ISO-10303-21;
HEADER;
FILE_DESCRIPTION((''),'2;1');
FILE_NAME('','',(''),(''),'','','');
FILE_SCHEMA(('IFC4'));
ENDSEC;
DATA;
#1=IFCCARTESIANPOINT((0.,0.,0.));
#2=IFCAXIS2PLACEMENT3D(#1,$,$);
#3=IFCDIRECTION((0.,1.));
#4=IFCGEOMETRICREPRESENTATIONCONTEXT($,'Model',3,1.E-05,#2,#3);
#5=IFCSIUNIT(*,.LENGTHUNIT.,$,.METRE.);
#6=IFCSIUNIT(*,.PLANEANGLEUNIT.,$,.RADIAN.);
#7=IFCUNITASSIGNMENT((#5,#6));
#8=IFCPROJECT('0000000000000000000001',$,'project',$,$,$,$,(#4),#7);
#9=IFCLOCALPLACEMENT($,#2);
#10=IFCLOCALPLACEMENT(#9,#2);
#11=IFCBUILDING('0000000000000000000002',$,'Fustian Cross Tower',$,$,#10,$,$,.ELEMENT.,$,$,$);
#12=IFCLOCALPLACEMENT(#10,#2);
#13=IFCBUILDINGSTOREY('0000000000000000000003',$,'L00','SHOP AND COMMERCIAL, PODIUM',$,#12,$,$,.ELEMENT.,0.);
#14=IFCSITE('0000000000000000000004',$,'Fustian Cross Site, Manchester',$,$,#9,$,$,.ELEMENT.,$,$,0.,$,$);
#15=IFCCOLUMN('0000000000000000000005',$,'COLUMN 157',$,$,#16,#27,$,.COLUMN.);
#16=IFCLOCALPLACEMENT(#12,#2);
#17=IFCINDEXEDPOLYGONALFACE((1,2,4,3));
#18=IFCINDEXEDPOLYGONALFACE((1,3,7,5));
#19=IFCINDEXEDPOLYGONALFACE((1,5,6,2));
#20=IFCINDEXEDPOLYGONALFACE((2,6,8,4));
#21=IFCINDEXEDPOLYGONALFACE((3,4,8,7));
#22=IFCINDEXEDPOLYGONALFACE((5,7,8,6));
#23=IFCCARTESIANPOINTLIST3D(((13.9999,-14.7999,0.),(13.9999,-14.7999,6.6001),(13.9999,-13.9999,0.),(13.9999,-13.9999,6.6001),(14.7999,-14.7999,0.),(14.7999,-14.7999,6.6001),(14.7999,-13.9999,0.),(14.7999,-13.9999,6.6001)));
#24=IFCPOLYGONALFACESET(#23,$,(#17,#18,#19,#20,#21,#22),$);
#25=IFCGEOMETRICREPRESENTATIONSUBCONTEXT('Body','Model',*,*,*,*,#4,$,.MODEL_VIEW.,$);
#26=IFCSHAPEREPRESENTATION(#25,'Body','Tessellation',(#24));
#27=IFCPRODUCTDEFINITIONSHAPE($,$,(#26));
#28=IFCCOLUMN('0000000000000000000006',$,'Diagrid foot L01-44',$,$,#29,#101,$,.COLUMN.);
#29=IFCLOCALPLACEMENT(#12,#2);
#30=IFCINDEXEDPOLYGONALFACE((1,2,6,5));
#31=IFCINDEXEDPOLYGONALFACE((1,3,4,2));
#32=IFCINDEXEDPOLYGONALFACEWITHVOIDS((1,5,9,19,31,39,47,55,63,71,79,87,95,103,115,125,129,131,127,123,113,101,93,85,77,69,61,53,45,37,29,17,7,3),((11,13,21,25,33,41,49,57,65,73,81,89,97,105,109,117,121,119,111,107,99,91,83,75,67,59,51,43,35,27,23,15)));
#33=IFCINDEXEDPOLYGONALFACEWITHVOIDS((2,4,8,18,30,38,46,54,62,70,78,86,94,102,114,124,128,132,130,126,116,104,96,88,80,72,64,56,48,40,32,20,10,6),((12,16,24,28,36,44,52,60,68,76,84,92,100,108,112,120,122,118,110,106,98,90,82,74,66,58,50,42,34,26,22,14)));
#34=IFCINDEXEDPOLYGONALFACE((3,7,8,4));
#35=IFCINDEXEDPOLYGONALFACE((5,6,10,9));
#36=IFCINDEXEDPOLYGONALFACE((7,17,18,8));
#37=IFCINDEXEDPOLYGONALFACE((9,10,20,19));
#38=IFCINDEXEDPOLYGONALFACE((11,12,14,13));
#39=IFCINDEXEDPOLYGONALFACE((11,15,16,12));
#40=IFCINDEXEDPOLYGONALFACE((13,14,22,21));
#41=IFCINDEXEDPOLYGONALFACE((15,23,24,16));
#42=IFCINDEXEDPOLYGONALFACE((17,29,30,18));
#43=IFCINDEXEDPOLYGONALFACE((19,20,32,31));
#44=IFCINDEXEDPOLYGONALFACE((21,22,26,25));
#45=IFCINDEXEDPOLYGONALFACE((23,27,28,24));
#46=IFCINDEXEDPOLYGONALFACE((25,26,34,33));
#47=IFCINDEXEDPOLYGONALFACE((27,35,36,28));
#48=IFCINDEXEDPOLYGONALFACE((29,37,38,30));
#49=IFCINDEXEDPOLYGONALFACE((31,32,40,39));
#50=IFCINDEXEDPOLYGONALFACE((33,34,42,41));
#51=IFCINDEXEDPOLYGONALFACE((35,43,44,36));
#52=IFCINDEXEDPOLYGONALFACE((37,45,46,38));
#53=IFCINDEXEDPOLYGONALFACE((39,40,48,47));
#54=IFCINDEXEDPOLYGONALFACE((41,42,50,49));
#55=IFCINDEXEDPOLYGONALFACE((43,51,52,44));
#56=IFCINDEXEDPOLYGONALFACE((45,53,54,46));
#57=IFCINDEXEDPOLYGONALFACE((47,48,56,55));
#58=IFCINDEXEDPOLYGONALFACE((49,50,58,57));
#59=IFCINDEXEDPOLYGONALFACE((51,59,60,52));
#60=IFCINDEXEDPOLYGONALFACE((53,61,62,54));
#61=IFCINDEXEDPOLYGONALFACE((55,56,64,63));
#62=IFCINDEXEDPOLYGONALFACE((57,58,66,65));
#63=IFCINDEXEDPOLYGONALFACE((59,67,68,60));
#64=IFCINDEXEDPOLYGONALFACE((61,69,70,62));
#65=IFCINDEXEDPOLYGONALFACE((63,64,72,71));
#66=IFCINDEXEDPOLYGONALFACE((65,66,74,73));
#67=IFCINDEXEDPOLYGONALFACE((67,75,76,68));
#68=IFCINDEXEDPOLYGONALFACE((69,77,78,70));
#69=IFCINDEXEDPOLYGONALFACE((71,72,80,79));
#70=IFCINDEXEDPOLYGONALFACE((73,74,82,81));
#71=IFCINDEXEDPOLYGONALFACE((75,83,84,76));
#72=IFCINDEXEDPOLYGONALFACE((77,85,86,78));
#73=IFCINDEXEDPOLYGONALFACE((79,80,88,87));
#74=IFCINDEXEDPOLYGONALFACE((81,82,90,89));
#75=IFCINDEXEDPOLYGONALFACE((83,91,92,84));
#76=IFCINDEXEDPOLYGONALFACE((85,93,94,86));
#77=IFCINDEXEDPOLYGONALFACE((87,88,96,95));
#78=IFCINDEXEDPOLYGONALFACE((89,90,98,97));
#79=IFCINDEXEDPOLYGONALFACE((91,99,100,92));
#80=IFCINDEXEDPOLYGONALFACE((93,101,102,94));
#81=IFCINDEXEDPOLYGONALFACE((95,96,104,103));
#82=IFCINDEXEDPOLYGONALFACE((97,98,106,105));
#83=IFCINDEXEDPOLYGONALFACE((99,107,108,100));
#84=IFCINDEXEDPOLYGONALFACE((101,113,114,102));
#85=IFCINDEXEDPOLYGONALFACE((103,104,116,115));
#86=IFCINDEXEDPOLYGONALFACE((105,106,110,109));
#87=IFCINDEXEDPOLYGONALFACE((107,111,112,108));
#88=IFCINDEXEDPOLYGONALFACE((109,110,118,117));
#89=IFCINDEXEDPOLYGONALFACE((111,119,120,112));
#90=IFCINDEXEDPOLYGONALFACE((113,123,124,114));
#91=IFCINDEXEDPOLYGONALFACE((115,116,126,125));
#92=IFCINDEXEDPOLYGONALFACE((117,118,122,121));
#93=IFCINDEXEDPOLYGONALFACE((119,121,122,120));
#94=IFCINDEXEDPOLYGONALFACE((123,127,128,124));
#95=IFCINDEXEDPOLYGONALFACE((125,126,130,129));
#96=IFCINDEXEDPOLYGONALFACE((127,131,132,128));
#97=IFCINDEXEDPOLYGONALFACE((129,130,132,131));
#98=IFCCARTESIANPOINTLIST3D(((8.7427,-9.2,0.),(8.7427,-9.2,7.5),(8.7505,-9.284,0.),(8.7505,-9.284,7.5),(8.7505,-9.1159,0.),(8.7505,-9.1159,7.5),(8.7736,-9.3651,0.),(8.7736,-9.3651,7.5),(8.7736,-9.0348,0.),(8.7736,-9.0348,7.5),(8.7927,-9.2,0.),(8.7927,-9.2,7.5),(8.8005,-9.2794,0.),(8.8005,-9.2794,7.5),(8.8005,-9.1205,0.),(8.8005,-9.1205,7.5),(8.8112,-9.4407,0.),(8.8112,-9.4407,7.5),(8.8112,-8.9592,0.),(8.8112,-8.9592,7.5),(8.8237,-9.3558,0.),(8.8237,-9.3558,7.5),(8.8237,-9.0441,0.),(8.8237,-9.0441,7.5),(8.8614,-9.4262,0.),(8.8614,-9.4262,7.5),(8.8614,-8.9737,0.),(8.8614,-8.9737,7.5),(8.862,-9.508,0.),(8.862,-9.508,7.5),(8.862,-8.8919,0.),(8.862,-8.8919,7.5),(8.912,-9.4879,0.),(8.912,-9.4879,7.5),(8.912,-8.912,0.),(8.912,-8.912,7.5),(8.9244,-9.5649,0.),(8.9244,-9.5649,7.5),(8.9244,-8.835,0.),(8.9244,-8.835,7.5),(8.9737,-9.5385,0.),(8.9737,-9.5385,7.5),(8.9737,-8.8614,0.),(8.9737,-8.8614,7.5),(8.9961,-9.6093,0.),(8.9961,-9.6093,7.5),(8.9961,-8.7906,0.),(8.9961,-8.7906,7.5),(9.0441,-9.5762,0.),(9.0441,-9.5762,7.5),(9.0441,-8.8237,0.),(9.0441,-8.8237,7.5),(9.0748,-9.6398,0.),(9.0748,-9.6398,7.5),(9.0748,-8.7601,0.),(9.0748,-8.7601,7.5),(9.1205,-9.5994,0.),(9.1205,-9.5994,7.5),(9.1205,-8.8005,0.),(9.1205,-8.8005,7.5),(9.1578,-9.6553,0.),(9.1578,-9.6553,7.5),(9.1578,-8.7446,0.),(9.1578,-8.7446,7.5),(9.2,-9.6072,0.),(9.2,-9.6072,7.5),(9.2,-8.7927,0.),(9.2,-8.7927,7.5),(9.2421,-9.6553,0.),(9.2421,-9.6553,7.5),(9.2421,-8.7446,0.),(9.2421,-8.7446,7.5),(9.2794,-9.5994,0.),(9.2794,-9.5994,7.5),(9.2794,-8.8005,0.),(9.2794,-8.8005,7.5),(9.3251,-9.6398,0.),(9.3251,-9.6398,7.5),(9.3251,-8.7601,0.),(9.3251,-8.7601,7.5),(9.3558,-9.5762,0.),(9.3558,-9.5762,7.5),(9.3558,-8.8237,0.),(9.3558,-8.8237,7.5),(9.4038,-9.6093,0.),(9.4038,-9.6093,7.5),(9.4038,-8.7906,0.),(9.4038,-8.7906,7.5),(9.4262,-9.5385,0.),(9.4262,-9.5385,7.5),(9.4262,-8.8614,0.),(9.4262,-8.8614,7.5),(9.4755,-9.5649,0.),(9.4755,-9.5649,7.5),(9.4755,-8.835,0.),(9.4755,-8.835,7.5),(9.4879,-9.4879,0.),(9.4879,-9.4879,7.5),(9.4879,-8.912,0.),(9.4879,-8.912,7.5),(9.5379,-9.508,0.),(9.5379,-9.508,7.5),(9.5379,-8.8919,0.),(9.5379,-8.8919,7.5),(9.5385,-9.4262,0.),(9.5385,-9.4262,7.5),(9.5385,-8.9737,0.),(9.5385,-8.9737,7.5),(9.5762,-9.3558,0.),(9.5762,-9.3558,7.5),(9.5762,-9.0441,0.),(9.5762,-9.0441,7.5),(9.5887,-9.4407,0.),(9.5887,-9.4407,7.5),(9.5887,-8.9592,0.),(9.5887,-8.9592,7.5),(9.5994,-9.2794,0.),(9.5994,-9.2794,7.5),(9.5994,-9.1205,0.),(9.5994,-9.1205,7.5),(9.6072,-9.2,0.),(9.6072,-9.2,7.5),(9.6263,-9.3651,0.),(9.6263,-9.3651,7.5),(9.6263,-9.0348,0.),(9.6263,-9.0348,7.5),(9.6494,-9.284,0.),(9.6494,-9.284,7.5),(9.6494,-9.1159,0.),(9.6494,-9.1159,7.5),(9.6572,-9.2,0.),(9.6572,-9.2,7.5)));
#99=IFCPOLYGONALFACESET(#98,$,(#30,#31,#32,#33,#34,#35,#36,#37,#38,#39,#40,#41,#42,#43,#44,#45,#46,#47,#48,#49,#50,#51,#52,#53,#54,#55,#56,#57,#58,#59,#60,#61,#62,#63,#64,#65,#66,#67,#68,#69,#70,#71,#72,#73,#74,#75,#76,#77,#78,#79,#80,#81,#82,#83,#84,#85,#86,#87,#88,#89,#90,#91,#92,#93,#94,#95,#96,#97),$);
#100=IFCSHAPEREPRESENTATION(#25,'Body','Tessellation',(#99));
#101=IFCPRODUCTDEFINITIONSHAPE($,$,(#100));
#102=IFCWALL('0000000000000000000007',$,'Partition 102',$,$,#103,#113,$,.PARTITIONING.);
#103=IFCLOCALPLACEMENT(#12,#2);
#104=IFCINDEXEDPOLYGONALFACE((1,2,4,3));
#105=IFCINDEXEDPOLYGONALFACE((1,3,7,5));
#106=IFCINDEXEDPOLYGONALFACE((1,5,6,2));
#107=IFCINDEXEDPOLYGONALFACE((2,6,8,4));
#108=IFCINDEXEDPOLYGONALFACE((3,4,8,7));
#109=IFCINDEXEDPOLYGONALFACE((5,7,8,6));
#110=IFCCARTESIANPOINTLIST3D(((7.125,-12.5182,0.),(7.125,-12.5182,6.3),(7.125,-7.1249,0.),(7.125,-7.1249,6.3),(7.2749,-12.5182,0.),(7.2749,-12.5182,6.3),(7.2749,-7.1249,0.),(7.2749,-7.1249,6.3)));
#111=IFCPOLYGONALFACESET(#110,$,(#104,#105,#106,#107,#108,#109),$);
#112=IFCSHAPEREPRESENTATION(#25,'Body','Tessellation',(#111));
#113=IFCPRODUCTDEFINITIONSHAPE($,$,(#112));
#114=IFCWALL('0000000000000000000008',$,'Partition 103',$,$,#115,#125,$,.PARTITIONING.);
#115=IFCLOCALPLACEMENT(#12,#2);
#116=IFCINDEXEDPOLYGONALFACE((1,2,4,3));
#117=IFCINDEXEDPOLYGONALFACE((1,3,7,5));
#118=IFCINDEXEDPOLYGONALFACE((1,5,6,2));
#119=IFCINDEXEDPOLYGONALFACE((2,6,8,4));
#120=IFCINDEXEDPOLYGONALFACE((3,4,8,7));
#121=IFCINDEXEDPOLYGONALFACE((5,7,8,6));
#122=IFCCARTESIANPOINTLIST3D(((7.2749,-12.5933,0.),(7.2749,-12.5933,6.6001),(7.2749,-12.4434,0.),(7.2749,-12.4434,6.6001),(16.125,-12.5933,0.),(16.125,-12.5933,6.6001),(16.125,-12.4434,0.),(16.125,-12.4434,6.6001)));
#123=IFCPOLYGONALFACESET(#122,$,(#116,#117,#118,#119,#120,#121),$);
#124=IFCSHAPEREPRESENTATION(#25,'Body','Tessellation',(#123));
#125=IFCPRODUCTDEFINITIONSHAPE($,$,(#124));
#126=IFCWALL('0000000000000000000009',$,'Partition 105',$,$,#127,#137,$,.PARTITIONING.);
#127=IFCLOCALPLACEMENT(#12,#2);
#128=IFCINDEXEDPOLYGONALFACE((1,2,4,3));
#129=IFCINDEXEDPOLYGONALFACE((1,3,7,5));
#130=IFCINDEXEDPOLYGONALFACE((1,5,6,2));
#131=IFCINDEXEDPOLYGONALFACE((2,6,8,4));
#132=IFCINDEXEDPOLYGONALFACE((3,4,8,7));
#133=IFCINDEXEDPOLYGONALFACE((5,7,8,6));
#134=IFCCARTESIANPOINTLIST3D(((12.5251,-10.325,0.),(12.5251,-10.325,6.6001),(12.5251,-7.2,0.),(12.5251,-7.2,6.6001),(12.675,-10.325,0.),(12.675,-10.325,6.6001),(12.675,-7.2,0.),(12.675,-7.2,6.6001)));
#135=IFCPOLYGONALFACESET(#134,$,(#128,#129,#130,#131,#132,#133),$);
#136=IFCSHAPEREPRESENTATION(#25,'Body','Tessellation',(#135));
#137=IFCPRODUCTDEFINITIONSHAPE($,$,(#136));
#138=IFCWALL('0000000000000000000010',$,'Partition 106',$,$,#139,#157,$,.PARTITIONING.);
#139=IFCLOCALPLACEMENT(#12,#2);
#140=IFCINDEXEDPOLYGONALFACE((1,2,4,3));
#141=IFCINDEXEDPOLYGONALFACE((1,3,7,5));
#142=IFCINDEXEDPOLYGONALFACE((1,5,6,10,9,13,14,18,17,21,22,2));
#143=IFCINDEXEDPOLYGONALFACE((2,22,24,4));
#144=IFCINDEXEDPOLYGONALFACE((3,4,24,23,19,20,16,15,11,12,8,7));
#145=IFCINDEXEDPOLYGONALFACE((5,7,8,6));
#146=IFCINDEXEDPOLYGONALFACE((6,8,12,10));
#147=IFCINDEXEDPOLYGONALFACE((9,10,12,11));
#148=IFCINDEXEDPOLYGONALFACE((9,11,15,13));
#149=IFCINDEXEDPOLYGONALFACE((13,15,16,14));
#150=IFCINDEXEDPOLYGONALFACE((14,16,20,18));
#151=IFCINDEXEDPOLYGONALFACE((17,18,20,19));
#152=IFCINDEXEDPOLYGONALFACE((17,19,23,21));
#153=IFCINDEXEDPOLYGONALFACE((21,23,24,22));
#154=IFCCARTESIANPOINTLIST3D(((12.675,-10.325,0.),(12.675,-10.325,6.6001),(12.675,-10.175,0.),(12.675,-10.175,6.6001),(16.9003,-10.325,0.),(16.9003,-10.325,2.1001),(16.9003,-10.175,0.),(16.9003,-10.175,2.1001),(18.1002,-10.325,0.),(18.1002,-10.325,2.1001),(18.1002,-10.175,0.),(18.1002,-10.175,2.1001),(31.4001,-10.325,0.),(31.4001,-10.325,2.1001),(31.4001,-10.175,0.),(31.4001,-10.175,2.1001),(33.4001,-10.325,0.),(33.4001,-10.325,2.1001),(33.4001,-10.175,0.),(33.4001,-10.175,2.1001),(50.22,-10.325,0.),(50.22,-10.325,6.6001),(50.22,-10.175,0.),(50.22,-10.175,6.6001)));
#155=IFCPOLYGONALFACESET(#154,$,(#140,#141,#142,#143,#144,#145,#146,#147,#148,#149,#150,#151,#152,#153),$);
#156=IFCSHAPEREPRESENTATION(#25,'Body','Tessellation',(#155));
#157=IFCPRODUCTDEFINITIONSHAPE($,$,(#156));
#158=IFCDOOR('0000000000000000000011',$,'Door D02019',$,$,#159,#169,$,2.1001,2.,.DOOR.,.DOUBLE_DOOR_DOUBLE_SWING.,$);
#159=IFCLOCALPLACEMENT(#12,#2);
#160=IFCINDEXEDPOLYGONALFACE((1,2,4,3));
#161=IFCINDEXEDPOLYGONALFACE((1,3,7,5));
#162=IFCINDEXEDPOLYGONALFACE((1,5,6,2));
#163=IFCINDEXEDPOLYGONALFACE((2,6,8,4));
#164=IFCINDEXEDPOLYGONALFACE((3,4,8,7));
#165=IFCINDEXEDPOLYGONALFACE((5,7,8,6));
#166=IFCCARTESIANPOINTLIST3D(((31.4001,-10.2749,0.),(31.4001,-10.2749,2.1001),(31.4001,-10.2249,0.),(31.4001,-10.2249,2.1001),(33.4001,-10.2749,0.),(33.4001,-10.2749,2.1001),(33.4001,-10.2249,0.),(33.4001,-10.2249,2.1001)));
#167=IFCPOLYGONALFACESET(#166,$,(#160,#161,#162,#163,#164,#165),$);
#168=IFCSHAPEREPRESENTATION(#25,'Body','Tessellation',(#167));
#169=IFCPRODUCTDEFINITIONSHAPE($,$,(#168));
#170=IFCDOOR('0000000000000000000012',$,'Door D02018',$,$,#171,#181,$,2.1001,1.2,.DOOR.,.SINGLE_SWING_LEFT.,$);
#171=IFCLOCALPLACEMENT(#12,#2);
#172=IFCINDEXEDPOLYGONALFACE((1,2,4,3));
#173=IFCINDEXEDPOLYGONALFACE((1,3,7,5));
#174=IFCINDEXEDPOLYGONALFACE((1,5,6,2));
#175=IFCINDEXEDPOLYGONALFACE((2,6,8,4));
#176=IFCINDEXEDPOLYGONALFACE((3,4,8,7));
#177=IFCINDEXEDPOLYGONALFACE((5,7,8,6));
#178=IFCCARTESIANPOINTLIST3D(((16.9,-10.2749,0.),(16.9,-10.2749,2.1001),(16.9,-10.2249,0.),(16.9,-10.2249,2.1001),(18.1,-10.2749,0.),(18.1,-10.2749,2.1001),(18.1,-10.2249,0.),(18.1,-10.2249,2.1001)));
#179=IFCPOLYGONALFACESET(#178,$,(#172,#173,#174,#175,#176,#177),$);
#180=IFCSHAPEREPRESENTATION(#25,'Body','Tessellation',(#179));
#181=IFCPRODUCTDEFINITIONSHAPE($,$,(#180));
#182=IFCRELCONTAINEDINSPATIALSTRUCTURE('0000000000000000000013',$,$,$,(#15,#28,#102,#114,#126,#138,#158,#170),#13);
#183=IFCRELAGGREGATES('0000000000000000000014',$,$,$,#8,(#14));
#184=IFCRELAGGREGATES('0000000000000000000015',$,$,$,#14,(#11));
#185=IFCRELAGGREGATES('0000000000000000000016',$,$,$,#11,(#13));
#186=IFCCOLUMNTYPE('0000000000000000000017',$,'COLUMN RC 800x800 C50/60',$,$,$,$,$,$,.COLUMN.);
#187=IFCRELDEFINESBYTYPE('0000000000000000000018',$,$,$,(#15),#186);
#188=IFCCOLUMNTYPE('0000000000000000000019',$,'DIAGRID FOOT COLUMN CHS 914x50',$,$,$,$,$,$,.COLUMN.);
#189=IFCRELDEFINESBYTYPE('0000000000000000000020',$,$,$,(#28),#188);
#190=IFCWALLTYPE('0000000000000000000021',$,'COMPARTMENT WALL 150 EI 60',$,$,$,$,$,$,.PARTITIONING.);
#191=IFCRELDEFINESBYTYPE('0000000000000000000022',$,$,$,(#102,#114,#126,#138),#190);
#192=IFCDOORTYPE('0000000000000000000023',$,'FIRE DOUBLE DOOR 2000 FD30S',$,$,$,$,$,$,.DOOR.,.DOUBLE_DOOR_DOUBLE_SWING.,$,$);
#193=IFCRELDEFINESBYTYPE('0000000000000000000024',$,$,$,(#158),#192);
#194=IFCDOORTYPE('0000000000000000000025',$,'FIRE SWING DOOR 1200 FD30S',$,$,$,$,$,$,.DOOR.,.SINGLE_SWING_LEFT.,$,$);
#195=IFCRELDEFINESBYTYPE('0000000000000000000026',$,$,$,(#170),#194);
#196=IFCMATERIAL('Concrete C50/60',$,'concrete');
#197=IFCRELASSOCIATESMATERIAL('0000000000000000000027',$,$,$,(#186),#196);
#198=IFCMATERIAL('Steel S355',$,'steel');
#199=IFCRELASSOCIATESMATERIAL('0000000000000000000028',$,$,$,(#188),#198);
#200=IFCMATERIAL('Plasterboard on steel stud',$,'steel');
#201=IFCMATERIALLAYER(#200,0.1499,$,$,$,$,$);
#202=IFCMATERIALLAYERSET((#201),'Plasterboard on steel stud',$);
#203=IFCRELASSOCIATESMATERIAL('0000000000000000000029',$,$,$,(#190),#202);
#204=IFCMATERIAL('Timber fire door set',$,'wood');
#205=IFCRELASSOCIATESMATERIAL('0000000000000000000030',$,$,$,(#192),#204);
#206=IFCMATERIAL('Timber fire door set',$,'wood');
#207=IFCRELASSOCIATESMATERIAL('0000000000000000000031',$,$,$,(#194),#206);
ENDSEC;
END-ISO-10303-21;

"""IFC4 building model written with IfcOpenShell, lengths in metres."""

from ifc_helpers import new_model, si_unit, direction, frame, frame_2d, origin, origin_2d, place, context, subcontext, project, spatial, rectangle, hollow_circle, extrude, material, layer, layer_set, material_profile, profile_set, type_object, element, fill, save


model = new_model("IFC4")

# Units and contexts
model_context = context("Model", 3, precision=1e-05, world=origin(), true_north=direction((0.0, 1.0)))
body_context = subcontext(model_context, "Body", "Model", "MODEL_VIEW")
ifc_project = project(units=[si_unit("LENGTHUNIT", "METRE"), si_unit("PLANEANGLEUNIT", "RADIAN")], contexts=[model_context])

# Site, building, storey
site_placement = place(None, origin())
site = spatial("IfcSite", under=ifc_project, at=site_placement, Name="Fustian Cross Site, Manchester", CompositionType="ELEMENT", RefElevation=0.0)
building_placement = place(site_placement, origin())
building = spatial("IfcBuilding", under=site, at=building_placement, Name="Fustian Cross Tower", CompositionType="ELEMENT")
storey_placement = place(building_placement, origin())
storey = spatial("IfcBuildingStorey", under=building, at=storey_placement, Name="L00", Description="SHOP AND COMMERCIAL, PODIUM", CompositionType="ELEMENT", Elevation=0.0)

# Columns
ifc_material_1 = material(Name="Concrete C50/60", Category="concrete")
ifc_material_profile_1 = material_profile(ifc_material_1, rectangle(XDim=0.8, YDim=0.8, at=origin_2d()), Name="RC 800x800")
ifc_profile_set_1 = profile_set([ifc_material_profile_1], Name="Concrete C50/60")
column_type_1 = type_object("IfcColumnType", Name="COLUMN RC 800x800 C50/60", PredefinedType="COLUMN", material=ifc_profile_set_1)
column_1_placement = place(storey_placement, frame((14.3999, -14.3999, 0.0), z_axis=(0.0, 0.0, 1.0), x_axis=(1.0, 0.0, 0.0)))
element("IfcColumn", 1, at=column_1_placement, inside=storey, type_object=column_type_1, Name="COLUMN 157", PredefinedType="COLUMN", context=body_context, shape_type="SweptSolid", body=[
    extrude(rectangle(XDim=0.8, YDim=0.8, at=origin_2d()), origin(), (0.0, 0.0, 1.0), 6.6001),
])
ifc_material_2 = material(Name="Steel S355", Category="steel")
ifc_material_profile_2 = material_profile(ifc_material_2, hollow_circle(Radius=0.4573, WallThickness=0.05, at=origin_2d()), Name="CHS 914x50")
ifc_profile_set_2 = profile_set([ifc_material_profile_2], Name="Steel S355")
column_type_2 = type_object("IfcColumnType", Name="DIAGRID FOOT COLUMN CHS 914x50", PredefinedType="COLUMN", material=ifc_profile_set_2)
column_2_placement = place(storey_placement, frame((9.2, -9.2, 0.0), z_axis=(0.0, 0.0, 1.0), x_axis=(1.0, 0.0, 0.0)))
element("IfcColumn", 2, at=column_2_placement, inside=storey, type_object=column_type_2, Name="Diagrid foot L01-44", PredefinedType="COLUMN", context=body_context, shape_type="SweptSolid", body=[
    extrude(hollow_circle(Radius=0.4573, WallThickness=0.05, at=origin_2d()), origin(), (0.0, 0.0, 1.0), 7.5),
])

# Walls
ifc_material_3 = material(Name="Plasterboard on steel stud", Category="steel")
ifc_layer_1 = layer(ifc_material_3, 0.1499)
ifc_layer_set_1 = layer_set([ifc_layer_1], Name="Plasterboard on steel stud")
wall_type_1 = type_object("IfcWallType", Name="COMPARTMENT WALL 150 EI 60", PredefinedType="PARTITIONING", material=ifc_layer_set_1)
wall_1_placement = place(storey_placement, frame((7.2, -12.5183, 0.0), z_axis=(0.0, 0.0, 1.0), x_axis=(0.0, 1.0, 0.0)))
element("IfcWall", 3, at=wall_1_placement, inside=storey, type_object=wall_type_1, Name="Partition 102", PredefinedType="PARTITIONING", context=body_context, shape_type="SweptSolid", body=[
    extrude(rectangle(XDim=5.3933, YDim=0.1499, at=frame_2d((2.6968, 0.0))), origin(), (0.0, 0.0, 1.0), 6.3),
])
wall_2_placement = place(storey_placement, frame((7.2749, -12.5183, 0.0), z_axis=(0.0, 0.0, 1.0), x_axis=(1.0, 0.0, 0.0)))
element("IfcWall", 4, at=wall_2_placement, inside=storey, type_object=wall_type_1, Name="Partition 103", PredefinedType="PARTITIONING", context=body_context, shape_type="SweptSolid", body=[
    extrude(rectangle(XDim=8.8501, YDim=0.1499, at=frame_2d((4.425, 0.0))), origin(), (0.0, 0.0, 1.0), 6.6001),
])
wall_3_placement = place(storey_placement, frame((12.6001, -10.325, 0.0), z_axis=(0.0, 0.0, 1.0), x_axis=(0.0, 1.0, 0.0)))
element("IfcWall", 5, at=wall_3_placement, inside=storey, type_object=wall_type_1, Name="Partition 105", PredefinedType="PARTITIONING", context=body_context, shape_type="SweptSolid", body=[
    extrude(rectangle(XDim=3.125, YDim=0.1499, at=frame_2d((1.5625, 0.0))), origin(), (0.0, 0.0, 1.0), 6.6001),
])

# Wall, openings, doors
wall_4_placement = place(storey_placement, frame((12.675, -10.25, 0.0), z_axis=(0.0, 0.0, 1.0), x_axis=(1.0, 0.0, 0.0)))
wall_4 = element("IfcWall", 6, at=wall_4_placement, inside=storey, type_object=wall_type_1, Name="Partition 106", PredefinedType="PARTITIONING", context=body_context, shape_type="SweptSolid", body=[
    extrude(rectangle(XDim=37.5449, YDim=0.1499, at=frame_2d((18.7725, 0.0))), origin(), (0.0, 0.0, 1.0), 6.6001),
])
opening_1_placement = place(wall_4_placement, frame((4.2251, 0.0, 0.0)))
opening_1 = element("IfcOpeningElement", 7, at=opening_1_placement, cuts=wall_4, PredefinedType="OPENING", context=body_context, shape_type="SweptSolid", body=[
    extrude(rectangle(XDim=1.2, YDim=2.1001, at=frame_2d((0.6001, 1.05))), frame((0.0, 0.085, 0.0), z_axis=(0.0, -1.0, 0.0), x_axis=(1.0, 0.0, 0.0)), (0.0, 0.0, 1.0), 0.1699),
])
opening_2_placement = place(wall_4_placement, frame((18.7251, 0.0, 0.0)))
opening_2 = element("IfcOpeningElement", 8, at=opening_2_placement, cuts=wall_4, PredefinedType="OPENING", context=body_context, shape_type="SweptSolid", body=[
    extrude(rectangle(XDim=2.0, YDim=2.1001, at=frame_2d((1.0, 1.05))), frame((0.0, 0.085, 0.0), z_axis=(0.0, -1.0, 0.0), x_axis=(1.0, 0.0, 0.0)), (0.0, 0.0, 1.0), 0.1699),
])
ifc_material_4 = material(Name="Timber fire door set", Category="wood")
door_type_1 = type_object("IfcDoorType", Name="FIRE DOUBLE DOOR 2000 FD30S", OperationType="DOUBLE_DOOR_DOUBLE_SWING", PredefinedType="DOOR", material=ifc_material_4)
door_1_placement = place(opening_2_placement, frame((2.0, 0.0, 0.0), z_axis=(0.0, 0.0, 1.0), x_axis=(-1.0, 0.0, 0.0)))
door_1 = element("IfcDoor", 9, at=door_1_placement, inside=storey, type_object=door_type_1, Name="Door D02019", OperationType="DOUBLE_DOOR_DOUBLE_SWING", OverallHeight=2.1001, OverallWidth=2.0, PredefinedType="DOOR", context=body_context, shape_type="SweptSolid", body=[
    extrude(rectangle(XDim=2.0, YDim=2.1001, at=frame_2d((1.0, 1.05))), frame((0.0, 0.0249, 0.0), z_axis=(0.0, -1.0, 0.0), x_axis=(1.0, 0.0, 0.0)), (0.0, 0.0, 1.0), 0.05),
])
fill(opening_2, door_1)
ifc_material_5 = material(Name="Timber fire door set", Category="wood")
door_type_2 = type_object("IfcDoorType", Name="FIRE SWING DOOR 1200 FD30S", OperationType="SINGLE_SWING_LEFT", PredefinedType="DOOR", material=ifc_material_5)
door_2_placement = place(opening_1_placement, frame((1.2, 0.0, 0.0), z_axis=(0.0, 0.0, 1.0), x_axis=(-1.0, 0.0, 0.0)))
door_2 = element("IfcDoor", 10, at=door_2_placement, inside=storey, type_object=door_type_2, Name="Door D02018", OperationType="SINGLE_SWING_LEFT", OverallHeight=2.1001, OverallWidth=1.2, PredefinedType="DOOR", context=body_context, shape_type="SweptSolid", body=[
    extrude(rectangle(XDim=1.2, YDim=2.1001, at=frame_2d((0.6001, 1.05))), frame((0.0, 0.0249, 0.0), z_axis=(0.0, -1.0, 0.0), x_axis=(1.0, 0.0, 0.0)), (0.0, 0.0, 1.0), 0.05),
])
fill(opening_1, door_2)

save(model, "model.ifc")
